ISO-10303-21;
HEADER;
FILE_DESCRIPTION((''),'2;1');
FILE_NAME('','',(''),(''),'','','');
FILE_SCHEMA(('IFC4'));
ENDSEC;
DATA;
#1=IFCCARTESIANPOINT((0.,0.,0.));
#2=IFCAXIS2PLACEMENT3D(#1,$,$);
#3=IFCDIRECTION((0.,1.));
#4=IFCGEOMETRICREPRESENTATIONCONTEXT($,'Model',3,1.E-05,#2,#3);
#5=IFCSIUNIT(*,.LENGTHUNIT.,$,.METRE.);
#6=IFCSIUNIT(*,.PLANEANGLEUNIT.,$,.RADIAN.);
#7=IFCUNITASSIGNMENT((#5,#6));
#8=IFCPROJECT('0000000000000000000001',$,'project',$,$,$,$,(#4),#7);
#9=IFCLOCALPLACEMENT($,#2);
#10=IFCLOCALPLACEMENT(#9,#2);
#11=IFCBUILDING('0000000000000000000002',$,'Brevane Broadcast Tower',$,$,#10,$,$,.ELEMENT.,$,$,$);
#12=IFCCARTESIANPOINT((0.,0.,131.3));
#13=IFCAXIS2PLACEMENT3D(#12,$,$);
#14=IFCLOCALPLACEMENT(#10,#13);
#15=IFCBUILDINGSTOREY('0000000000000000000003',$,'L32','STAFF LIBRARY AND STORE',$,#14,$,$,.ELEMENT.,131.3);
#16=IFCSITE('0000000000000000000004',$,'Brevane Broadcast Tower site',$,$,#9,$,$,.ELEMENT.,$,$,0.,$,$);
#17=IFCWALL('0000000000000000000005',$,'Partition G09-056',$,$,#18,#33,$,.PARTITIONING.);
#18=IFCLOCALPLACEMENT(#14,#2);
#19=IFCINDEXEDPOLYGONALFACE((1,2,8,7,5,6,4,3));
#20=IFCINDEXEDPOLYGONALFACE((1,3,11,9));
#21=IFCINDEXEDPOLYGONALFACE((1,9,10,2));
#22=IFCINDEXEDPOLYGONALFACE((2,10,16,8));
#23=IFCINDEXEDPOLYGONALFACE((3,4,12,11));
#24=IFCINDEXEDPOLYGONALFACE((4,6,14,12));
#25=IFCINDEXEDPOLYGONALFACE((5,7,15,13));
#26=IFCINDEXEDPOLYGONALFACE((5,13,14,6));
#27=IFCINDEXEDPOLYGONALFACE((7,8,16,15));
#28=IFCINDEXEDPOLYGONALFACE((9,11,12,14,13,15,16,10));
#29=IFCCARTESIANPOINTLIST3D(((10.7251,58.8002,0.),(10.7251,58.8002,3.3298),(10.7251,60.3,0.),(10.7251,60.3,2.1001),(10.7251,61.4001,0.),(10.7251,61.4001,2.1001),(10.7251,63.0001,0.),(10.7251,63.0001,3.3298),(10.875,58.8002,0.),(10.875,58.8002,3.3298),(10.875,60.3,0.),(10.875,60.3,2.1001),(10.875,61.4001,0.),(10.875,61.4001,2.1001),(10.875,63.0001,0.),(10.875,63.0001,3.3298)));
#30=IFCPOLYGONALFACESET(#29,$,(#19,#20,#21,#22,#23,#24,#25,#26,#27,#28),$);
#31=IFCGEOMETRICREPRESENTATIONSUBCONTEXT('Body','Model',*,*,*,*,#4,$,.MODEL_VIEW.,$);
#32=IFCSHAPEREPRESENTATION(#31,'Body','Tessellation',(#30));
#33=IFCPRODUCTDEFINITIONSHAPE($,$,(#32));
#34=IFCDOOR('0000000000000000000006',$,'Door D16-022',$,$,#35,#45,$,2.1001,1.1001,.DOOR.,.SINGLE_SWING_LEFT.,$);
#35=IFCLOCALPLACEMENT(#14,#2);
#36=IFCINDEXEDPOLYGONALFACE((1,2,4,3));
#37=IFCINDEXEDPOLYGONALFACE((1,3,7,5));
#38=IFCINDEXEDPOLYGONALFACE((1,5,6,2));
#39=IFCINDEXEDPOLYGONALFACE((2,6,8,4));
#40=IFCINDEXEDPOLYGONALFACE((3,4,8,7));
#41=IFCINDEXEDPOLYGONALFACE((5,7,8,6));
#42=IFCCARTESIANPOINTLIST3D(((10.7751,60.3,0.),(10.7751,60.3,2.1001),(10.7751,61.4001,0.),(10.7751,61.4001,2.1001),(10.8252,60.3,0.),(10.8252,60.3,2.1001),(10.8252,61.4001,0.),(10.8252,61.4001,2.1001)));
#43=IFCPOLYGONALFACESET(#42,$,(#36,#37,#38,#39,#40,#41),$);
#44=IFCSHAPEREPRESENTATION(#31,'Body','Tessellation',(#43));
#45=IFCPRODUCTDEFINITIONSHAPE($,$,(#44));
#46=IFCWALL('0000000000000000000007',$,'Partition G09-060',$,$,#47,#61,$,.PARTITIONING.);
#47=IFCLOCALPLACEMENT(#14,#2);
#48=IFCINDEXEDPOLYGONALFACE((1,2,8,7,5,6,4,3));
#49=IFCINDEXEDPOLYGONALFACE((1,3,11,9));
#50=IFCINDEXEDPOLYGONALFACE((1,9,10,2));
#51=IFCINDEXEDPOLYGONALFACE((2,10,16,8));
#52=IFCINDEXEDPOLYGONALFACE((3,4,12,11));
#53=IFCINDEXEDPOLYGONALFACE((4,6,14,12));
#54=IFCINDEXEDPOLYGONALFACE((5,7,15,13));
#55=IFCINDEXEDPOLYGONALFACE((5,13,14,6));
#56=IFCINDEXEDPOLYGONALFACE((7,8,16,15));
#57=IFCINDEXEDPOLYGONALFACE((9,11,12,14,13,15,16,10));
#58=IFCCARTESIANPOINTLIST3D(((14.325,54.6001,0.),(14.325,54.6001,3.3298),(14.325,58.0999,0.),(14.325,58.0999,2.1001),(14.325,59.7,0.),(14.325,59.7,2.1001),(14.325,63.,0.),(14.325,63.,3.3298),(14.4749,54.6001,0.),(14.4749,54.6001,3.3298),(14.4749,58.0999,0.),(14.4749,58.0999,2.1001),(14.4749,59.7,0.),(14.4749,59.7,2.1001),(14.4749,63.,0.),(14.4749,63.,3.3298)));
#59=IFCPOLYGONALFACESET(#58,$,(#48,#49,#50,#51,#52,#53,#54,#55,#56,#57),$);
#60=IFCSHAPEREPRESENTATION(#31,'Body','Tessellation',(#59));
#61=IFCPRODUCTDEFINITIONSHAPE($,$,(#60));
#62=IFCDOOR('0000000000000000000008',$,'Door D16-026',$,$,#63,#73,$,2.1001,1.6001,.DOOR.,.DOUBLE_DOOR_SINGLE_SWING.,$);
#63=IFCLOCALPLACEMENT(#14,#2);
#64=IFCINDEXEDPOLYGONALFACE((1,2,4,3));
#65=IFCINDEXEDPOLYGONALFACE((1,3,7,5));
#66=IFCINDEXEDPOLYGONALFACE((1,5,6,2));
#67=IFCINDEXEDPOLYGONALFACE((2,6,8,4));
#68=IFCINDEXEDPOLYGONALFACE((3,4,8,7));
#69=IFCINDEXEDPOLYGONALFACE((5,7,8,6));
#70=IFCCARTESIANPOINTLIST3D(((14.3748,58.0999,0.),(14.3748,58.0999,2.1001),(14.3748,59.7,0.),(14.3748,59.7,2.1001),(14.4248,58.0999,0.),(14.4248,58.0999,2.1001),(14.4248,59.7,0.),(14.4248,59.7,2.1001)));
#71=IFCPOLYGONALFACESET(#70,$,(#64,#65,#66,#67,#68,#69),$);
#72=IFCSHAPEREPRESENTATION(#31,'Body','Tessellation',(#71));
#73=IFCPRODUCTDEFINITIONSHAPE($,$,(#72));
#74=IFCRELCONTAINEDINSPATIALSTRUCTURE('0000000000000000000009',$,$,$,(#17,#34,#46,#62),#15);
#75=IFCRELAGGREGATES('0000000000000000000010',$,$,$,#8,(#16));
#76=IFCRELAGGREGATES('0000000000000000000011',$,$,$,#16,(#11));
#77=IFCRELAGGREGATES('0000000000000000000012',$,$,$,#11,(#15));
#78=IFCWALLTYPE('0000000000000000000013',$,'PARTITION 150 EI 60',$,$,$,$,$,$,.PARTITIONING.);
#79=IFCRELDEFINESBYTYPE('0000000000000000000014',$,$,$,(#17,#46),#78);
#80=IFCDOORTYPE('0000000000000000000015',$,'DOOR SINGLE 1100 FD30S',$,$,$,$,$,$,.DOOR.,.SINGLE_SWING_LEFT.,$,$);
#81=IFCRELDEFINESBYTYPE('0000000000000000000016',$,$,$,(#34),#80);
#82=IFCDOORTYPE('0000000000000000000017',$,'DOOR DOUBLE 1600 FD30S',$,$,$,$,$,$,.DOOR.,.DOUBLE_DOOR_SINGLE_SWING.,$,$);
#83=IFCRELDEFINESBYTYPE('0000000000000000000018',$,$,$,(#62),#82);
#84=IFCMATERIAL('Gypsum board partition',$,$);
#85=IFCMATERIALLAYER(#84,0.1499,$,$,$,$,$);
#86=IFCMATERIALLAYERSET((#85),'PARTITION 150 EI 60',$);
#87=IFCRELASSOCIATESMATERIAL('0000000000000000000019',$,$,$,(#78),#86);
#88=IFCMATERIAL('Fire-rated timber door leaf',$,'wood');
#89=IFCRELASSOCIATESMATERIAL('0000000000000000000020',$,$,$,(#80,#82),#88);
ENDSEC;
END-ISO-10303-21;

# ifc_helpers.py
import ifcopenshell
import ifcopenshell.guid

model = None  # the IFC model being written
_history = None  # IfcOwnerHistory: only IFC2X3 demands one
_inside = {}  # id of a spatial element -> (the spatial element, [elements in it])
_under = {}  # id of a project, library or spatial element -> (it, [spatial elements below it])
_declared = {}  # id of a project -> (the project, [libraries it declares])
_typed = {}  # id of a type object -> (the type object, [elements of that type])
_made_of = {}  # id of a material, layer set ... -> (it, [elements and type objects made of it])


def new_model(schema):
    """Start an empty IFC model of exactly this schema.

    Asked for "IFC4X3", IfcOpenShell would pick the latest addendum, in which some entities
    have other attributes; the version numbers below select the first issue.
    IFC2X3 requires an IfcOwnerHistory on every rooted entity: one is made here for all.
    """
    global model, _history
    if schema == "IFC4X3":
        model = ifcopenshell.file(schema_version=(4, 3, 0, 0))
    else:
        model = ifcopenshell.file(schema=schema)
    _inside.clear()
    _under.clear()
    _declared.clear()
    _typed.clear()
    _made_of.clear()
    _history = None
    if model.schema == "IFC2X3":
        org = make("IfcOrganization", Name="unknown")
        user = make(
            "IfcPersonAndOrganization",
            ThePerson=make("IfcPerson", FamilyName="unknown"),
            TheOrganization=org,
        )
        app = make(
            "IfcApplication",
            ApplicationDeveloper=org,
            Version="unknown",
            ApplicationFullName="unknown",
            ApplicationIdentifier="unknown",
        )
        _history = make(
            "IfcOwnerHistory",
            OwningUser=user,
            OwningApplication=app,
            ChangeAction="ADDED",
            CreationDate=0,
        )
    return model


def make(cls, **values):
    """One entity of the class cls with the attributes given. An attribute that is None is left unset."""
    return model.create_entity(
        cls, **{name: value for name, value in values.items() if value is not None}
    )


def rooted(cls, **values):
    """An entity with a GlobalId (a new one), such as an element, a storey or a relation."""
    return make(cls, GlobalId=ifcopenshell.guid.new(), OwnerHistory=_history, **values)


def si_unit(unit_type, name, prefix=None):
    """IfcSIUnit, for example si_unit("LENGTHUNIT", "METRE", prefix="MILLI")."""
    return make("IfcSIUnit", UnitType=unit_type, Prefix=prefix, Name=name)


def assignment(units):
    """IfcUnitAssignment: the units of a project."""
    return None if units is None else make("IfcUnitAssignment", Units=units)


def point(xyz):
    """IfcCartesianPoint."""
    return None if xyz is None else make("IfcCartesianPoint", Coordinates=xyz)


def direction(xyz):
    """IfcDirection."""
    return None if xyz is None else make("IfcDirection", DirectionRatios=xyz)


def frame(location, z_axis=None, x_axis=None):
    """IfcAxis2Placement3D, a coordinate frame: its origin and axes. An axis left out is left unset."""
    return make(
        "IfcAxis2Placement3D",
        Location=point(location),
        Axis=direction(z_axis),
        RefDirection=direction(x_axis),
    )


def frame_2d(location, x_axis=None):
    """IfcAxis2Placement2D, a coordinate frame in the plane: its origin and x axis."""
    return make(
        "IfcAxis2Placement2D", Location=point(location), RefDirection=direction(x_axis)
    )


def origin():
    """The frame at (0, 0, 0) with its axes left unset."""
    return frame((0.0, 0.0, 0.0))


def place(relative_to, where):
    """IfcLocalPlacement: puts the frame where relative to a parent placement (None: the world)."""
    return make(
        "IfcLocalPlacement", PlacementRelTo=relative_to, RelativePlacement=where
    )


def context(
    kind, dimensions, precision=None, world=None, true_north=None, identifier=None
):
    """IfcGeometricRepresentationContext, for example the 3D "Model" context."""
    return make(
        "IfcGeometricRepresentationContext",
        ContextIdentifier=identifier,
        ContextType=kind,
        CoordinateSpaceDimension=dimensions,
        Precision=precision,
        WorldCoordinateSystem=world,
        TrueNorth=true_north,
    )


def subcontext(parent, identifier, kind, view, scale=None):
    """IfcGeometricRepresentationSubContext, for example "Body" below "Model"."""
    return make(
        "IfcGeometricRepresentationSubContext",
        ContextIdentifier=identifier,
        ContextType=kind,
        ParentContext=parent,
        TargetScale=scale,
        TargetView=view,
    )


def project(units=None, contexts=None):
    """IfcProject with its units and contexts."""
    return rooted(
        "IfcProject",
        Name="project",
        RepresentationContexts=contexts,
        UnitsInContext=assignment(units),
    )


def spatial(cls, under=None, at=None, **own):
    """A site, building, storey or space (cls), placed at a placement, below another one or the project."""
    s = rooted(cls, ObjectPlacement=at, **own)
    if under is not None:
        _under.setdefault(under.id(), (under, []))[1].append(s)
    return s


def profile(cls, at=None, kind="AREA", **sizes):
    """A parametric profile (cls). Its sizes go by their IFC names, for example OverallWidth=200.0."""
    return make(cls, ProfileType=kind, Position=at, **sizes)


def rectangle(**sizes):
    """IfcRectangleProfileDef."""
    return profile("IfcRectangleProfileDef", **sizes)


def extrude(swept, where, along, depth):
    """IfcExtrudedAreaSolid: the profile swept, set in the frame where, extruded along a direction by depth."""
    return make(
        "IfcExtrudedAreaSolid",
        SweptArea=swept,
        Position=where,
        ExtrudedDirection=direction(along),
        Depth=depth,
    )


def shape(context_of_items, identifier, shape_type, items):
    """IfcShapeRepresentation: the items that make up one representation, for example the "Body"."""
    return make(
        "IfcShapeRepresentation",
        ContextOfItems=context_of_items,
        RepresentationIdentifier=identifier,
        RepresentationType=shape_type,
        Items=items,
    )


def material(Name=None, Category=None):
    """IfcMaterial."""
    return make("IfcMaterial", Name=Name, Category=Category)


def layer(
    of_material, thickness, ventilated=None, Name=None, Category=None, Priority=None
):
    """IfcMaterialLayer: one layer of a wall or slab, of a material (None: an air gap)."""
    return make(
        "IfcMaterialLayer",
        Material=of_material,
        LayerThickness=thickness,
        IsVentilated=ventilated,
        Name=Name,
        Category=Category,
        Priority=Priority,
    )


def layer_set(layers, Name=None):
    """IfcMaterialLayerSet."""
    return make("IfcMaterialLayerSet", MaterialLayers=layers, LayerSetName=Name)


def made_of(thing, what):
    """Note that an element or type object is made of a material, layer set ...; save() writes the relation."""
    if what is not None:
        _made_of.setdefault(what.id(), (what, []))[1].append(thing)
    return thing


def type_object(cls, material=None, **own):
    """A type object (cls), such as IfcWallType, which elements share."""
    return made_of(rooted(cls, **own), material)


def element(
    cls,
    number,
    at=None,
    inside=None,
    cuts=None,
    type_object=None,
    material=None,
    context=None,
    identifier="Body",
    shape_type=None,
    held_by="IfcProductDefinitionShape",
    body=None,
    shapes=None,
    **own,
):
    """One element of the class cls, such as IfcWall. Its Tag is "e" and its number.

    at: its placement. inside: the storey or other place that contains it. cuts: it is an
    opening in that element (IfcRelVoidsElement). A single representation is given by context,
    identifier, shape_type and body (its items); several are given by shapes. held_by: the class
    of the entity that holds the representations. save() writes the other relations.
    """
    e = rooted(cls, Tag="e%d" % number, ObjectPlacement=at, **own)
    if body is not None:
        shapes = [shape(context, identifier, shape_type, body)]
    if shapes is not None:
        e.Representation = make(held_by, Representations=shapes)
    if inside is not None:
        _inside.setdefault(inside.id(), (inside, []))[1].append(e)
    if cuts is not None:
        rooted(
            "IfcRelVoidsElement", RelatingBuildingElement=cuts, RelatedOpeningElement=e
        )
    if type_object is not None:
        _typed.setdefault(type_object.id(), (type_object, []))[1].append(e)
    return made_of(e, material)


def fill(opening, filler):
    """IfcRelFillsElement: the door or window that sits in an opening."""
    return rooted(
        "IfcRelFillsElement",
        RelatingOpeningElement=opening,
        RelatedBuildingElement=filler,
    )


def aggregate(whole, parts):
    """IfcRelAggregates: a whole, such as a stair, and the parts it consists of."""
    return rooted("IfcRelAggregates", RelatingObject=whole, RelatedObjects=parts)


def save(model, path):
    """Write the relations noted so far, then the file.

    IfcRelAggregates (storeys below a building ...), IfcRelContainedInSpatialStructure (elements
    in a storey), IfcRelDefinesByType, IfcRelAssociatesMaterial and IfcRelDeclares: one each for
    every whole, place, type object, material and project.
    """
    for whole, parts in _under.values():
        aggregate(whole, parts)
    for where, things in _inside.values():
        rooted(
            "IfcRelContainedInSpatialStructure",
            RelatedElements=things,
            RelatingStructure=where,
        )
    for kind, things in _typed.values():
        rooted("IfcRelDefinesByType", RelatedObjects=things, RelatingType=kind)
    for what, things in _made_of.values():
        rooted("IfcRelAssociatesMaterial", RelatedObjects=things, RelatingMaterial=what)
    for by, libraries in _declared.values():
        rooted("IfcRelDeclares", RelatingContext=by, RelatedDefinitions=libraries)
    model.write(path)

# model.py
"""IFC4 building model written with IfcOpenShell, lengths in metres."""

from ifc_helpers import new_model, si_unit, direction, frame, frame_2d, origin, place, context, subcontext, project, spatial, rectangle, extrude, material, layer, layer_set, type_object, element, fill, save


model = new_model("IFC4")

# Units and contexts
model_context = context("Model", 3, precision=1e-05, world=origin(), true_north=direction((0.0, 1.0)))
body_context = subcontext(model_context, "Body", "Model", "MODEL_VIEW")
ifc_project = project(units=[si_unit("LENGTHUNIT", "METRE"), si_unit("PLANEANGLEUNIT", "RADIAN")], contexts=[model_context])

# Site, building, storey
site_placement = place(None, origin())
site = spatial("IfcSite", under=ifc_project, at=site_placement, Name="Brevane Broadcast Tower site", CompositionType="ELEMENT", RefElevation=0.0)
building_placement = place(site_placement, origin())
building = spatial("IfcBuilding", under=site, at=building_placement, Name="Brevane Broadcast Tower", CompositionType="ELEMENT")
storey_placement = place(building_placement, frame((0.0, 0.0, 131.3)))
storey = spatial("IfcBuildingStorey", under=building, at=storey_placement, Name="L32", Description="STAFF LIBRARY AND STORE", CompositionType="ELEMENT", Elevation=131.3)

# Shared definitions
ifc_material_1 = material(Name="Gypsum board partition")

# Walls, openings, doors
ifc_layer_1 = layer(ifc_material_1, 0.1499)
ifc_layer_set_1 = layer_set([ifc_layer_1], Name="PARTITION 150 EI 60")
wall_type_1 = type_object("IfcWallType", Name="PARTITION 150 EI 60", PredefinedType="PARTITIONING", material=ifc_layer_set_1)
ifc_material_2 = material(Name="Fire-rated timber door leaf", Category="wood")
wall_1_placement = place(storey_placement, frame((10.8, 58.8, 0.0), z_axis=(0.0, 0.0, 1.0), x_axis=(0.0, 1.0, 0.0)))
wall_1 = element("IfcWall", 1, at=wall_1_placement, inside=storey, type_object=wall_type_1, Name="Partition G09-056", PredefinedType="PARTITIONING", context=body_context, shape_type="SweptSolid", body=[
    extrude(rectangle(XDim=4.2, YDim=0.1499, at=frame_2d((2.1001, 0.0))), origin(), (0.0, 0.0, 1.0), 3.3298),
])
opening_1_placement = place(wall_1_placement, frame((1.5, 0.0, 0.0)))
opening_1 = element("IfcOpeningElement", 2, at=opening_1_placement, cuts=wall_1, PredefinedType="OPENING", context=body_context, shape_type="SweptSolid", body=[
    extrude(rectangle(XDim=1.1001, YDim=2.1001, at=frame_2d((0.55, 1.05))), frame((0.0, 0.085, 0.0), z_axis=(0.0, -1.0, 0.0), x_axis=(1.0, 0.0, 0.0)), (0.0, 0.0, 1.0), 0.1699),
])
door_type_1 = type_object("IfcDoorType", Name="DOOR SINGLE 1100 FD30S", OperationType="SINGLE_SWING_LEFT", PredefinedType="DOOR", material=ifc_material_2)
door_1_placement = place(opening_1_placement, origin())
door_1 = element("IfcDoor", 3, at=door_1_placement, inside=storey, type_object=door_type_1, Name="Door D16-022", OperationType="SINGLE_SWING_LEFT", OverallHeight=2.1001, OverallWidth=1.1001, PredefinedType="DOOR", context=body_context, shape_type="SweptSolid", body=[
    extrude(rectangle(XDim=1.1001, YDim=2.1001, at=frame_2d((0.55, 1.05))), frame((0.0, 0.0249, 0.0), z_axis=(0.0, -1.0, 0.0), x_axis=(1.0, 0.0, 0.0)), (0.0, 0.0, 1.0), 0.05),
])
fill(opening_1, door_1)
wall_2_placement = place(storey_placement, frame((14.3999, 63.0, 0.0), z_axis=(0.0, 0.0, 1.0), x_axis=(0.0, -1.0, 0.0)))
wall_2 = element("IfcWall", 4, at=wall_2_placement, inside=storey, type_object=wall_type_1, Name="Partition G09-060", PredefinedType="PARTITIONING", context=body_context, shape_type="SweptSolid", body=[
    extrude(rectangle(XDim=8.3999, YDim=0.1499, at=frame_2d((4.2, 0.0))), origin(), (0.0, 0.0, 1.0), 3.3298),
])
opening_2_placement = place(wall_2_placement, frame((3.3, 0.0, 0.0)))
opening_2 = element("IfcOpeningElement", 5, at=opening_2_placement, cuts=wall_2, PredefinedType="OPENING", context=body_context, shape_type="SweptSolid", body=[
    extrude(rectangle(XDim=1.6001, YDim=2.1001, at=frame_2d((0.8, 1.05))), frame((0.0, 0.085, 0.0), z_axis=(0.0, -1.0, 0.0), x_axis=(1.0, 0.0, 0.0)), (0.0, 0.0, 1.0), 0.1699),
])
door_type_2 = type_object("IfcDoorType", Name="DOOR DOUBLE 1600 FD30S", OperationType="DOUBLE_DOOR_SINGLE_SWING", PredefinedType="DOOR", material=ifc_material_2)
door_2_placement = place(opening_2_placement, origin())
door_2 = element("IfcDoor", 6, at=door_2_placement, inside=storey, type_object=door_type_2, Name="Door D16-026", OperationType="DOUBLE_DOOR_SINGLE_SWING", OverallHeight=2.1001, OverallWidth=1.6001, PredefinedType="DOOR", context=body_context, shape_type="SweptSolid", body=[
    extrude(rectangle(XDim=1.6001, YDim=2.1001, at=frame_2d((0.8, 1.05))), frame((0.0, 0.0249, 0.0), z_axis=(0.0, -1.0, 0.0), x_axis=(1.0, 0.0, 0.0)), (0.0, 0.0, 1.0), 0.05),
])
fill(opening_2, door_2)

save(model, "model.ifc")
